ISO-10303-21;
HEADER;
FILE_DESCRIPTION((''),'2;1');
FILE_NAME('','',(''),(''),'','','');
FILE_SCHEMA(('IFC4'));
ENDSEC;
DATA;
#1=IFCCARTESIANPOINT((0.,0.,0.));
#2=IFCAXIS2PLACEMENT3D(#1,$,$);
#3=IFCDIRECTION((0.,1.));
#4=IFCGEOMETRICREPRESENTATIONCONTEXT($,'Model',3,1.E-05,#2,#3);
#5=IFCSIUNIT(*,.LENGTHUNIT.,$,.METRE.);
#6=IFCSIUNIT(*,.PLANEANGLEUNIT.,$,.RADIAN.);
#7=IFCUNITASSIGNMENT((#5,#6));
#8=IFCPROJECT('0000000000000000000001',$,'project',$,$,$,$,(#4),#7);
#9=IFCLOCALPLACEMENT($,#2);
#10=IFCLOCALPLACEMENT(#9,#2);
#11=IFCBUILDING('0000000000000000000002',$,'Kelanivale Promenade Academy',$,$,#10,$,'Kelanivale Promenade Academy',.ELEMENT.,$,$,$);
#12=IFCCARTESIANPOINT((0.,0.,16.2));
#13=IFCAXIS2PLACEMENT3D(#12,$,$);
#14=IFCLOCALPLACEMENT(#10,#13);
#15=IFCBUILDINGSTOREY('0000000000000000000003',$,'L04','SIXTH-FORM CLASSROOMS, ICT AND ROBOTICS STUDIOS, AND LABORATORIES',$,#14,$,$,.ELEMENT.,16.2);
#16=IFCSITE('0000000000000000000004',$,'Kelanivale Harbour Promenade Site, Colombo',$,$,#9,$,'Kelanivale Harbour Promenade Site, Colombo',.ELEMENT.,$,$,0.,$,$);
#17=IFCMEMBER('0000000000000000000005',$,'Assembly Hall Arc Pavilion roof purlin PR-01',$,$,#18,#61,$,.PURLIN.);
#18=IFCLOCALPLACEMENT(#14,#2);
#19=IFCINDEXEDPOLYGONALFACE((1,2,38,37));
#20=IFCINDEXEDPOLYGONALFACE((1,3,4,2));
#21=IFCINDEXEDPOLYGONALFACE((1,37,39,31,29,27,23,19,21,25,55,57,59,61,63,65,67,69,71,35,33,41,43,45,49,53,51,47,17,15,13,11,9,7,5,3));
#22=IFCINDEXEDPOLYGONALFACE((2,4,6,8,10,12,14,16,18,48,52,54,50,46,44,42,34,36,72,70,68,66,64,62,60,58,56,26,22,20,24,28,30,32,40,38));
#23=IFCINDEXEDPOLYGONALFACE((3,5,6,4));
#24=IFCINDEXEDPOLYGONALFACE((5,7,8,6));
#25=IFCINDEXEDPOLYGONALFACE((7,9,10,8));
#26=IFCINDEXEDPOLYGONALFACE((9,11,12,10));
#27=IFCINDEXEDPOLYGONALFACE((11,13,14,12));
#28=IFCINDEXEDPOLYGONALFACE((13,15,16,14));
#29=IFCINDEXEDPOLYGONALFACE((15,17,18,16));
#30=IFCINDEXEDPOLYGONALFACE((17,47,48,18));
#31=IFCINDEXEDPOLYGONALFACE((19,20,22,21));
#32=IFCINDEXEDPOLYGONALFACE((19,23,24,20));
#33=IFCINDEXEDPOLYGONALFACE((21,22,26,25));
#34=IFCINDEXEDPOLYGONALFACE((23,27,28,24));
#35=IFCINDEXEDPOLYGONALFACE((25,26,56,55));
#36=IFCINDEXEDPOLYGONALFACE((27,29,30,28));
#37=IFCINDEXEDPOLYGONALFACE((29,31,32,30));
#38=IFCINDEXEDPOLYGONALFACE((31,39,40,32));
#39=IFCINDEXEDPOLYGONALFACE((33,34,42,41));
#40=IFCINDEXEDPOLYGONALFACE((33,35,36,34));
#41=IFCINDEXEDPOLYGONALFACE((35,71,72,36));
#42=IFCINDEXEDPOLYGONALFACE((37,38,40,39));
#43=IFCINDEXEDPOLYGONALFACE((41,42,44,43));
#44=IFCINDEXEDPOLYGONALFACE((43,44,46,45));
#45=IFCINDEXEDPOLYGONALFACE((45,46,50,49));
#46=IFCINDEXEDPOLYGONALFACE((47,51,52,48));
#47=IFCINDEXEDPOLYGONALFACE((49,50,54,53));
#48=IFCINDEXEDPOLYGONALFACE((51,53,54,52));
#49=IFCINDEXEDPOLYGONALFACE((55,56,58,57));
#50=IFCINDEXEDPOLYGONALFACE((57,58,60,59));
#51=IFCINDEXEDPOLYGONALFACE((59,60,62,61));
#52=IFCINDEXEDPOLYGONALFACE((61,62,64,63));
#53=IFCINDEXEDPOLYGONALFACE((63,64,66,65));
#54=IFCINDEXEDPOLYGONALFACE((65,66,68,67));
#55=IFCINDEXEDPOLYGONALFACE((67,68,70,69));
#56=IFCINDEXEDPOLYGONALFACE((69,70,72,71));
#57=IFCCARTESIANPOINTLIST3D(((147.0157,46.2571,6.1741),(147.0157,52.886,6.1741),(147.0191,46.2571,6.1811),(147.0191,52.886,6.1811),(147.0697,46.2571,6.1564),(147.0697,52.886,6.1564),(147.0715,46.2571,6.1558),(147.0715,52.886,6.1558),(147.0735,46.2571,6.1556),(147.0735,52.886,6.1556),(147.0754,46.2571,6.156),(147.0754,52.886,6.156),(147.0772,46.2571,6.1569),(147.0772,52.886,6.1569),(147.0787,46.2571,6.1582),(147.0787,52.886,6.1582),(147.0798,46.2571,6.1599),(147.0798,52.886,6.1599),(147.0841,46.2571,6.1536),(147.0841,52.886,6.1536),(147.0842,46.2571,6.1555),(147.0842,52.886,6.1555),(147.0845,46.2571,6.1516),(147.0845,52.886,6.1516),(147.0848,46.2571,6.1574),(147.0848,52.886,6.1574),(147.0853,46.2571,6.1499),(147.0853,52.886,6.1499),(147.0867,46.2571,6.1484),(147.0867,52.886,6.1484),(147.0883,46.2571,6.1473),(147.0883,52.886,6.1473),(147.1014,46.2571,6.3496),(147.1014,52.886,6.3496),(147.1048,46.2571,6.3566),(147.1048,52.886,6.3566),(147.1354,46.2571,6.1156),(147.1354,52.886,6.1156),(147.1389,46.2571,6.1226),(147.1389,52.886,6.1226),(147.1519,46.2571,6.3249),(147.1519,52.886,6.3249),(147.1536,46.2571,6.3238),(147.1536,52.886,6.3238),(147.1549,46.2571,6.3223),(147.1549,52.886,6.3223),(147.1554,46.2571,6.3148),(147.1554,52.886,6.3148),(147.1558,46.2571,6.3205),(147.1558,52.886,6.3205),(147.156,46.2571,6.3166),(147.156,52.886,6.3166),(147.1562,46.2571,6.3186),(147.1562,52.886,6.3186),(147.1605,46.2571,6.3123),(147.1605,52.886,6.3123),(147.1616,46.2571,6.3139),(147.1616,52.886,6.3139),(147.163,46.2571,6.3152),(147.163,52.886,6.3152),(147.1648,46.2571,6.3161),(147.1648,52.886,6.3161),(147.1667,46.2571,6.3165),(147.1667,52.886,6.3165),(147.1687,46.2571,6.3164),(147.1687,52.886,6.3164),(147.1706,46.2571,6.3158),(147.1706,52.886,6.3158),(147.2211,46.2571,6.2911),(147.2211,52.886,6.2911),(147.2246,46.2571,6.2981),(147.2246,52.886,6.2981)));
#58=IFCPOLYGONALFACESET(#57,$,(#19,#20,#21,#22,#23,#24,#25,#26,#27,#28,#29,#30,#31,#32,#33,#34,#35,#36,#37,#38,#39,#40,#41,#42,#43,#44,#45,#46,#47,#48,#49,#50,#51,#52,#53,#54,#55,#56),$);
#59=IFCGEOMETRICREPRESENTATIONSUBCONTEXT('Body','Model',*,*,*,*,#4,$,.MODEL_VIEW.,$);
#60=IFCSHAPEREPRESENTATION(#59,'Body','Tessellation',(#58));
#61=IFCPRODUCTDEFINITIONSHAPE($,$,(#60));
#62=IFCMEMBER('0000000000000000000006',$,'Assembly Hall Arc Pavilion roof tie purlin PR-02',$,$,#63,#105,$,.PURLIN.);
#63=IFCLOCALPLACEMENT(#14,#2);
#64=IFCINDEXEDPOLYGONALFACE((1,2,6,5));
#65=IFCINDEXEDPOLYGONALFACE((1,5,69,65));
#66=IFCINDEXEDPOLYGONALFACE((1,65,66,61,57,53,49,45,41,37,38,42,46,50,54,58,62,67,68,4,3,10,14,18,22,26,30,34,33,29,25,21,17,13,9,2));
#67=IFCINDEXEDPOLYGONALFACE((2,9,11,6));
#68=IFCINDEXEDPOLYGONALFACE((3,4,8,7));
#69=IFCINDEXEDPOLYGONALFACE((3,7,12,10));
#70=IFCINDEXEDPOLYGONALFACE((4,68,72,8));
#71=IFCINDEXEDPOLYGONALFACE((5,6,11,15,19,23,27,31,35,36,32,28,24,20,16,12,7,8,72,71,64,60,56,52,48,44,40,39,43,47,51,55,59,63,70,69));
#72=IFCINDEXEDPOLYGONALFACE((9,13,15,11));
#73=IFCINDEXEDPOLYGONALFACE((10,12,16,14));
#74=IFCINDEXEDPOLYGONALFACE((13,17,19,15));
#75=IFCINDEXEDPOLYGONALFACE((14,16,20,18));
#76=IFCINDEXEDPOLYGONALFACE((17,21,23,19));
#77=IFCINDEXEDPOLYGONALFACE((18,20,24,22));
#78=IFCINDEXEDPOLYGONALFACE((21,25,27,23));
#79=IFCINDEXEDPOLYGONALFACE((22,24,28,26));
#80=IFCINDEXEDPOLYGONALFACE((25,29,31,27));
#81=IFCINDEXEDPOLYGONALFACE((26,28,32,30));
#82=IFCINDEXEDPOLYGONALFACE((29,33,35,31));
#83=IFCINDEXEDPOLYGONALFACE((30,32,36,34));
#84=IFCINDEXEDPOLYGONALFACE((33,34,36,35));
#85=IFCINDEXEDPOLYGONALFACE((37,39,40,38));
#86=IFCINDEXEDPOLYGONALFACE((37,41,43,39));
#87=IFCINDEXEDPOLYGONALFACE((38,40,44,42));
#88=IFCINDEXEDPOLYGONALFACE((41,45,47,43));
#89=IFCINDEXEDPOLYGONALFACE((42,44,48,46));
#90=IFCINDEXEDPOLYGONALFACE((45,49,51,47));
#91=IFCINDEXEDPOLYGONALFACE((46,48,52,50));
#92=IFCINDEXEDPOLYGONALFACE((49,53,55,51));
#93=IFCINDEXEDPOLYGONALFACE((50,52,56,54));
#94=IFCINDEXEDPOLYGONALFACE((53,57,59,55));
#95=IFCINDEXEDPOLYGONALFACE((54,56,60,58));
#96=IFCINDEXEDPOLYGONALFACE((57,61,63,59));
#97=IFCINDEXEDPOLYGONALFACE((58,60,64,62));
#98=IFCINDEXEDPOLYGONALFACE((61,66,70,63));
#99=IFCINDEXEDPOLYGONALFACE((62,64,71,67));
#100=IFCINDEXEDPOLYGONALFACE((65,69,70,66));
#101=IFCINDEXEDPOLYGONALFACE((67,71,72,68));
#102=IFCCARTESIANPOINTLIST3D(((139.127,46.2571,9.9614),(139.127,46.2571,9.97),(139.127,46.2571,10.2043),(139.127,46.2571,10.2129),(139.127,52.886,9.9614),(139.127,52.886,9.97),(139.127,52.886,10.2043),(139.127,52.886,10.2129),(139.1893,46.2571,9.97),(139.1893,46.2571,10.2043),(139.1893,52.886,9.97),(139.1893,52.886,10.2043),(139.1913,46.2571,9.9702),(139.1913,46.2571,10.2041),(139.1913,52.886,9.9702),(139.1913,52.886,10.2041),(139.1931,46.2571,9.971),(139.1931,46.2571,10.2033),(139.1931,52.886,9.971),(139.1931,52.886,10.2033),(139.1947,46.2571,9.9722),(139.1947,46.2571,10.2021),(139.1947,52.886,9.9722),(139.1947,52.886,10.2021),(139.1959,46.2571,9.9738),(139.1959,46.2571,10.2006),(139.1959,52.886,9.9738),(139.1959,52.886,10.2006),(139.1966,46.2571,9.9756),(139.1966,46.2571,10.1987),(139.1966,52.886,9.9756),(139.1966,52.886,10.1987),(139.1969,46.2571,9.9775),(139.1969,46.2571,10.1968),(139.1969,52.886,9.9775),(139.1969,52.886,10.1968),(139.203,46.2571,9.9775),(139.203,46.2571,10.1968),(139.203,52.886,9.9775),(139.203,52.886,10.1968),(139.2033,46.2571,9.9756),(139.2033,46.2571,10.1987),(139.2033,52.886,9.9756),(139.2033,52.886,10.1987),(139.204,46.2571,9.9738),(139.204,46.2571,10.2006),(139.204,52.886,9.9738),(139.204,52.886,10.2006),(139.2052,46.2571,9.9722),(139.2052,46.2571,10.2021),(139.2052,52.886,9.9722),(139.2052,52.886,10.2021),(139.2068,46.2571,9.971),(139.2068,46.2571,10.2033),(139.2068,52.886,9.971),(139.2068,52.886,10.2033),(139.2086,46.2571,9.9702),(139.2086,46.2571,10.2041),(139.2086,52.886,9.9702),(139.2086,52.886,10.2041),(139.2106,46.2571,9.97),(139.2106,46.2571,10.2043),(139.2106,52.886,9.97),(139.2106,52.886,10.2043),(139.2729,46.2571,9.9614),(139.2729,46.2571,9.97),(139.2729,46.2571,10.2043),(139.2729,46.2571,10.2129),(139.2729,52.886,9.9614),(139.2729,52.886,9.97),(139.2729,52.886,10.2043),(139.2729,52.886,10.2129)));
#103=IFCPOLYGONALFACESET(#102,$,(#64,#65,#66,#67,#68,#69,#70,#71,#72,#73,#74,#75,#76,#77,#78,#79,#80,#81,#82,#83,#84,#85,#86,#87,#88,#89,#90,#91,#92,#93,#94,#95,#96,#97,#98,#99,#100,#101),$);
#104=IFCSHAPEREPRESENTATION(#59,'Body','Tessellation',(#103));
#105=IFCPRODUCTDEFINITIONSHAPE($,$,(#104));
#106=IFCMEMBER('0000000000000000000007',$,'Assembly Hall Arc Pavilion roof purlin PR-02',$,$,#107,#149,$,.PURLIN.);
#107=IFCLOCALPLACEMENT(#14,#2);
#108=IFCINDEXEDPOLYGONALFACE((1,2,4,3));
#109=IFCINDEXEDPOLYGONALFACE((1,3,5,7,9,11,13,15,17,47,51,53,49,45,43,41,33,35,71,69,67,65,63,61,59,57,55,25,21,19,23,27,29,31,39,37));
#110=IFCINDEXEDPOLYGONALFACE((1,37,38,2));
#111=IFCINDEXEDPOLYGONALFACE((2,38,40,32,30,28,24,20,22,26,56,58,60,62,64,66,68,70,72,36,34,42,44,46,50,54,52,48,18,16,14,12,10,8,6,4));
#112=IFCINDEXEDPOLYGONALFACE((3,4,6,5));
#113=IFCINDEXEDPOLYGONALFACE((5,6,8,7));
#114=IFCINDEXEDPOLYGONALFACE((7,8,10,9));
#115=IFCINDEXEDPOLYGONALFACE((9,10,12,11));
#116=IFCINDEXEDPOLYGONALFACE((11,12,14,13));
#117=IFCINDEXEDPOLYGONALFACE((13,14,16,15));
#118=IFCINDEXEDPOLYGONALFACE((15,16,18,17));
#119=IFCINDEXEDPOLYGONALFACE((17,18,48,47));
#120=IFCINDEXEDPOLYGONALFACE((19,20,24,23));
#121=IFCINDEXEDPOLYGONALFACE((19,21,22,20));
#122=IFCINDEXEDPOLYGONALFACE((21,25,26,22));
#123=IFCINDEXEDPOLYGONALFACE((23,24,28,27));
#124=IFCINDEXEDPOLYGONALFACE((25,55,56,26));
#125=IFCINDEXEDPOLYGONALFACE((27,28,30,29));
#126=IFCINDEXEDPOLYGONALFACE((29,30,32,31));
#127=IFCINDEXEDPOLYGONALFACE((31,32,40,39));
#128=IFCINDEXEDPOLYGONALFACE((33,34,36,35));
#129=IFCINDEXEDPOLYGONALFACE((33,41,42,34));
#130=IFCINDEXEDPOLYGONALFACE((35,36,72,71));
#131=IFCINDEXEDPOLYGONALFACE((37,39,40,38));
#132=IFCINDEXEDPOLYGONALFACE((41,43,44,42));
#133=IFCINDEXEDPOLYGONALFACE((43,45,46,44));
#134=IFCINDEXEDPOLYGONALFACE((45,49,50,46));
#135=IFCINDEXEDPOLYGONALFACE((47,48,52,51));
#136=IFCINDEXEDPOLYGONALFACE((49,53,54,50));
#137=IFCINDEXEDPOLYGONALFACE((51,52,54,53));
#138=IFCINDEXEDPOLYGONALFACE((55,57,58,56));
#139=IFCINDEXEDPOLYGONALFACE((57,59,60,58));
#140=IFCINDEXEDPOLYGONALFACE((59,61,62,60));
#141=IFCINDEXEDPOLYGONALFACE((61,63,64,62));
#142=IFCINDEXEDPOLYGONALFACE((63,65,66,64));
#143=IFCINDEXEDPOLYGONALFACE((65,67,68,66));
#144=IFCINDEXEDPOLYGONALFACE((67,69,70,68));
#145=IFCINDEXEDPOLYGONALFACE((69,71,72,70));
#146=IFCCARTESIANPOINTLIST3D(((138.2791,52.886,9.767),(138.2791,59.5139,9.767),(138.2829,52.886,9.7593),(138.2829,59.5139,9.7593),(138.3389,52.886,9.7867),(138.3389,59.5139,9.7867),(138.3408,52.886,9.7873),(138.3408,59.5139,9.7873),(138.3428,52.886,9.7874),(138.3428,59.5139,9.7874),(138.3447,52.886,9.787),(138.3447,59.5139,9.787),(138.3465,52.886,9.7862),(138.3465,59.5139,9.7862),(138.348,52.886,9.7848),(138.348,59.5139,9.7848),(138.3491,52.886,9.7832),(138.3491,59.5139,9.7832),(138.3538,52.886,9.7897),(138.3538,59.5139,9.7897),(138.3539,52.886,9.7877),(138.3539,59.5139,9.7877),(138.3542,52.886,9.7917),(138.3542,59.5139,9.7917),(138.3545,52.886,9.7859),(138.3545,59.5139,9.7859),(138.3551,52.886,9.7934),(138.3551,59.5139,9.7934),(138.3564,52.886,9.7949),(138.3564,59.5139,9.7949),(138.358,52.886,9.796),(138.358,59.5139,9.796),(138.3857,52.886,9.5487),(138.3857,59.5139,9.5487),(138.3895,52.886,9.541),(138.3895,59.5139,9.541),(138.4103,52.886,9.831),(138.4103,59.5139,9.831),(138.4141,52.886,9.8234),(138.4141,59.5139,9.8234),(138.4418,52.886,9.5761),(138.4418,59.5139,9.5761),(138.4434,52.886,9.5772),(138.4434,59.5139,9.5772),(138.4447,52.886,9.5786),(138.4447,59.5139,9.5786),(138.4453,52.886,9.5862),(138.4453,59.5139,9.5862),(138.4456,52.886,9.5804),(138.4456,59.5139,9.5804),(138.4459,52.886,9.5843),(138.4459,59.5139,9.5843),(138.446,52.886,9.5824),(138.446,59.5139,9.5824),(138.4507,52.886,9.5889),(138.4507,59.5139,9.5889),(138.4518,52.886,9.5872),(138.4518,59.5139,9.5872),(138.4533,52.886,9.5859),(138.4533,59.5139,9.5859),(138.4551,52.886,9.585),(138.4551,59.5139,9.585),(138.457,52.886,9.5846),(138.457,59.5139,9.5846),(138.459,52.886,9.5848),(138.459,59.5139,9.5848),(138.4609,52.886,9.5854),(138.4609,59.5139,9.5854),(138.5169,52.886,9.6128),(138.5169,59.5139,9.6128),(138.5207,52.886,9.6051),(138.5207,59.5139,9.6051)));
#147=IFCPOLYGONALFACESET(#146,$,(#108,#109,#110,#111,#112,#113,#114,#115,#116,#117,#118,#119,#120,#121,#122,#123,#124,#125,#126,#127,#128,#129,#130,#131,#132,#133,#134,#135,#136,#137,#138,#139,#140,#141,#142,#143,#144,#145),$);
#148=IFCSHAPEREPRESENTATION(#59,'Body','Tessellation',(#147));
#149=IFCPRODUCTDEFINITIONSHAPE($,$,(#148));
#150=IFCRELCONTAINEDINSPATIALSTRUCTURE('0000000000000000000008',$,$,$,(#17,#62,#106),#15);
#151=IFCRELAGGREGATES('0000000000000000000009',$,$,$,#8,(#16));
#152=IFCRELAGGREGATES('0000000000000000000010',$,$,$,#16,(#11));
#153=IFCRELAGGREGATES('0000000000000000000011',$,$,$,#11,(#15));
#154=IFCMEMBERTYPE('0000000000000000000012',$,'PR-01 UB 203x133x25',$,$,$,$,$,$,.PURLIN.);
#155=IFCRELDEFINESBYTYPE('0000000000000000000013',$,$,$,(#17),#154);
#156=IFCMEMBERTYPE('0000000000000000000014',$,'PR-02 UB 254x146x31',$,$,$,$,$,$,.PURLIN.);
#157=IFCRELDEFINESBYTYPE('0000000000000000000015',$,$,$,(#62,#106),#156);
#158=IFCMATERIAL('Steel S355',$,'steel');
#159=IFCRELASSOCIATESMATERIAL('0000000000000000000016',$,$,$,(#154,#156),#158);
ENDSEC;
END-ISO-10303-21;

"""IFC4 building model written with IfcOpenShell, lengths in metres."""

from ifc_helpers import new_model, si_unit, direction, frame, origin, origin_2d, place, context, subcontext, project, spatial, i_section, extrude, material, material_profile, profile_set, type_object, element, save


model = new_model("IFC4")

# Units and contexts
model_context = context("Model", 3, precision=1e-05, world=origin(), true_north=direction((0.0, 1.0)))
body_context = subcontext(model_context, "Body", "Model", "MODEL_VIEW")
ifc_project = project(units=[si_unit("LENGTHUNIT", "METRE"), si_unit("PLANEANGLEUNIT", "RADIAN")], contexts=[model_context])

# Site, building, storey
site_placement = place(None, origin())
site = spatial("IfcSite", under=ifc_project, at=site_placement, Name="Kelanivale Harbour Promenade Site, Colombo", LongName="Kelanivale Harbour Promenade Site, Colombo", CompositionType="ELEMENT", RefElevation=0.0)
building_placement = place(site_placement, origin())
building = spatial("IfcBuilding", under=site, at=building_placement, Name="Kelanivale Promenade Academy", LongName="Kelanivale Promenade Academy", CompositionType="ELEMENT")
storey_placement = place(building_placement, frame((0.0, 0.0, 16.2)))
storey = spatial("IfcBuildingStorey", under=building, at=storey_placement, Name="L04", Description="SIXTH-FORM CLASSROOMS, ICT AND ROBOTICS STUDIOS, AND LABORATORIES", CompositionType="ELEMENT", Elevation=16.2)

# Members
ifc_material_1 = material(Name="Steel S355", Category="steel")
ifc_material_profile_1 = material_profile(ifc_material_1, i_section(OverallWidth=0.1333, OverallDepth=0.2031, WebThickness=0.0056, FlangeThickness=0.0078, FilletRadius=0.0076, at=origin_2d()), Name="UB 203x133x25")
ifc_profile_set_1 = profile_set([ifc_material_profile_1], Name="Steel S355")
member_type_1 = type_object("IfcMemberType", Name="PR-01 UB 203x133x25", PredefinedType="PURLIN", material=ifc_profile_set_1)
member_1_placement = place(storey_placement, frame((147.1201, 46.2571, 6.2361), z_axis=(0.0, 1.0, 0.0), x_axis=(-0.898564, 0.0, 0.438842)))
element("IfcMember", 1, at=member_1_placement, inside=storey, type_object=member_type_1, Name="Assembly Hall Arc Pavilion roof purlin PR-01", PredefinedType="PURLIN", context=body_context, shape_type="SweptSolid", body=[
    extrude(i_section(OverallWidth=0.1333, OverallDepth=0.2031, WebThickness=0.0056, FlangeThickness=0.0078, FilletRadius=0.0076, at=origin_2d()), origin(), (0.0, 0.0, 1.0), 6.6289),
])
ifc_material_profile_2 = material_profile(ifc_material_1, i_section(OverallWidth=0.146, OverallDepth=0.2515, WebThickness=0.0061, FlangeThickness=0.0085, FilletRadius=0.0076, at=origin_2d()), Name="UB 254x146x31")
ifc_profile_set_2 = profile_set([ifc_material_profile_2], Name="Steel S355")
member_type_2 = type_object("IfcMemberType", Name="PR-02 UB 254x146x31", PredefinedType="PURLIN", material=ifc_profile_set_2)
member_2_placement = place(storey_placement, frame((139.2, 46.2571, 10.0872), z_axis=(0.0, 1.0, 0.0), x_axis=(-1.0, 0.0, 0.0)))
element("IfcMember", 2, at=member_2_placement, inside=storey, type_object=member_type_2, Name="Assembly Hall Arc Pavilion roof tie purlin PR-02", PredefinedType="PURLIN", context=body_context, shape_type="SweptSolid", body=[
    extrude(i_section(OverallWidth=0.146, OverallDepth=0.2515, WebThickness=0.0061, FlangeThickness=0.0085, FilletRadius=0.0076, at=origin_2d()), origin(), (0.0, 0.0, 1.0), 6.6289),
])
member_3_placement = place(storey_placement, frame((138.3999, 52.886, 9.686), z_axis=(0.0, 1.0, 0.0), x_axis=(-0.898564, 0.0, -0.438842)))
element("IfcMember", 3, at=member_3_placement, inside=storey, type_object=member_type_2, Name="Assembly Hall Arc Pavilion roof purlin PR-02", PredefinedType="PURLIN", context=body_context, shape_type="SweptSolid", body=[
    extrude(i_section(OverallWidth=0.146, OverallDepth=0.2515, WebThickness=0.0061, FlangeThickness=0.0085, FilletRadius=0.0076, at=origin_2d()), origin(), (0.0, 0.0, 1.0), 6.6279),
])

save(model, "model.ifc")
